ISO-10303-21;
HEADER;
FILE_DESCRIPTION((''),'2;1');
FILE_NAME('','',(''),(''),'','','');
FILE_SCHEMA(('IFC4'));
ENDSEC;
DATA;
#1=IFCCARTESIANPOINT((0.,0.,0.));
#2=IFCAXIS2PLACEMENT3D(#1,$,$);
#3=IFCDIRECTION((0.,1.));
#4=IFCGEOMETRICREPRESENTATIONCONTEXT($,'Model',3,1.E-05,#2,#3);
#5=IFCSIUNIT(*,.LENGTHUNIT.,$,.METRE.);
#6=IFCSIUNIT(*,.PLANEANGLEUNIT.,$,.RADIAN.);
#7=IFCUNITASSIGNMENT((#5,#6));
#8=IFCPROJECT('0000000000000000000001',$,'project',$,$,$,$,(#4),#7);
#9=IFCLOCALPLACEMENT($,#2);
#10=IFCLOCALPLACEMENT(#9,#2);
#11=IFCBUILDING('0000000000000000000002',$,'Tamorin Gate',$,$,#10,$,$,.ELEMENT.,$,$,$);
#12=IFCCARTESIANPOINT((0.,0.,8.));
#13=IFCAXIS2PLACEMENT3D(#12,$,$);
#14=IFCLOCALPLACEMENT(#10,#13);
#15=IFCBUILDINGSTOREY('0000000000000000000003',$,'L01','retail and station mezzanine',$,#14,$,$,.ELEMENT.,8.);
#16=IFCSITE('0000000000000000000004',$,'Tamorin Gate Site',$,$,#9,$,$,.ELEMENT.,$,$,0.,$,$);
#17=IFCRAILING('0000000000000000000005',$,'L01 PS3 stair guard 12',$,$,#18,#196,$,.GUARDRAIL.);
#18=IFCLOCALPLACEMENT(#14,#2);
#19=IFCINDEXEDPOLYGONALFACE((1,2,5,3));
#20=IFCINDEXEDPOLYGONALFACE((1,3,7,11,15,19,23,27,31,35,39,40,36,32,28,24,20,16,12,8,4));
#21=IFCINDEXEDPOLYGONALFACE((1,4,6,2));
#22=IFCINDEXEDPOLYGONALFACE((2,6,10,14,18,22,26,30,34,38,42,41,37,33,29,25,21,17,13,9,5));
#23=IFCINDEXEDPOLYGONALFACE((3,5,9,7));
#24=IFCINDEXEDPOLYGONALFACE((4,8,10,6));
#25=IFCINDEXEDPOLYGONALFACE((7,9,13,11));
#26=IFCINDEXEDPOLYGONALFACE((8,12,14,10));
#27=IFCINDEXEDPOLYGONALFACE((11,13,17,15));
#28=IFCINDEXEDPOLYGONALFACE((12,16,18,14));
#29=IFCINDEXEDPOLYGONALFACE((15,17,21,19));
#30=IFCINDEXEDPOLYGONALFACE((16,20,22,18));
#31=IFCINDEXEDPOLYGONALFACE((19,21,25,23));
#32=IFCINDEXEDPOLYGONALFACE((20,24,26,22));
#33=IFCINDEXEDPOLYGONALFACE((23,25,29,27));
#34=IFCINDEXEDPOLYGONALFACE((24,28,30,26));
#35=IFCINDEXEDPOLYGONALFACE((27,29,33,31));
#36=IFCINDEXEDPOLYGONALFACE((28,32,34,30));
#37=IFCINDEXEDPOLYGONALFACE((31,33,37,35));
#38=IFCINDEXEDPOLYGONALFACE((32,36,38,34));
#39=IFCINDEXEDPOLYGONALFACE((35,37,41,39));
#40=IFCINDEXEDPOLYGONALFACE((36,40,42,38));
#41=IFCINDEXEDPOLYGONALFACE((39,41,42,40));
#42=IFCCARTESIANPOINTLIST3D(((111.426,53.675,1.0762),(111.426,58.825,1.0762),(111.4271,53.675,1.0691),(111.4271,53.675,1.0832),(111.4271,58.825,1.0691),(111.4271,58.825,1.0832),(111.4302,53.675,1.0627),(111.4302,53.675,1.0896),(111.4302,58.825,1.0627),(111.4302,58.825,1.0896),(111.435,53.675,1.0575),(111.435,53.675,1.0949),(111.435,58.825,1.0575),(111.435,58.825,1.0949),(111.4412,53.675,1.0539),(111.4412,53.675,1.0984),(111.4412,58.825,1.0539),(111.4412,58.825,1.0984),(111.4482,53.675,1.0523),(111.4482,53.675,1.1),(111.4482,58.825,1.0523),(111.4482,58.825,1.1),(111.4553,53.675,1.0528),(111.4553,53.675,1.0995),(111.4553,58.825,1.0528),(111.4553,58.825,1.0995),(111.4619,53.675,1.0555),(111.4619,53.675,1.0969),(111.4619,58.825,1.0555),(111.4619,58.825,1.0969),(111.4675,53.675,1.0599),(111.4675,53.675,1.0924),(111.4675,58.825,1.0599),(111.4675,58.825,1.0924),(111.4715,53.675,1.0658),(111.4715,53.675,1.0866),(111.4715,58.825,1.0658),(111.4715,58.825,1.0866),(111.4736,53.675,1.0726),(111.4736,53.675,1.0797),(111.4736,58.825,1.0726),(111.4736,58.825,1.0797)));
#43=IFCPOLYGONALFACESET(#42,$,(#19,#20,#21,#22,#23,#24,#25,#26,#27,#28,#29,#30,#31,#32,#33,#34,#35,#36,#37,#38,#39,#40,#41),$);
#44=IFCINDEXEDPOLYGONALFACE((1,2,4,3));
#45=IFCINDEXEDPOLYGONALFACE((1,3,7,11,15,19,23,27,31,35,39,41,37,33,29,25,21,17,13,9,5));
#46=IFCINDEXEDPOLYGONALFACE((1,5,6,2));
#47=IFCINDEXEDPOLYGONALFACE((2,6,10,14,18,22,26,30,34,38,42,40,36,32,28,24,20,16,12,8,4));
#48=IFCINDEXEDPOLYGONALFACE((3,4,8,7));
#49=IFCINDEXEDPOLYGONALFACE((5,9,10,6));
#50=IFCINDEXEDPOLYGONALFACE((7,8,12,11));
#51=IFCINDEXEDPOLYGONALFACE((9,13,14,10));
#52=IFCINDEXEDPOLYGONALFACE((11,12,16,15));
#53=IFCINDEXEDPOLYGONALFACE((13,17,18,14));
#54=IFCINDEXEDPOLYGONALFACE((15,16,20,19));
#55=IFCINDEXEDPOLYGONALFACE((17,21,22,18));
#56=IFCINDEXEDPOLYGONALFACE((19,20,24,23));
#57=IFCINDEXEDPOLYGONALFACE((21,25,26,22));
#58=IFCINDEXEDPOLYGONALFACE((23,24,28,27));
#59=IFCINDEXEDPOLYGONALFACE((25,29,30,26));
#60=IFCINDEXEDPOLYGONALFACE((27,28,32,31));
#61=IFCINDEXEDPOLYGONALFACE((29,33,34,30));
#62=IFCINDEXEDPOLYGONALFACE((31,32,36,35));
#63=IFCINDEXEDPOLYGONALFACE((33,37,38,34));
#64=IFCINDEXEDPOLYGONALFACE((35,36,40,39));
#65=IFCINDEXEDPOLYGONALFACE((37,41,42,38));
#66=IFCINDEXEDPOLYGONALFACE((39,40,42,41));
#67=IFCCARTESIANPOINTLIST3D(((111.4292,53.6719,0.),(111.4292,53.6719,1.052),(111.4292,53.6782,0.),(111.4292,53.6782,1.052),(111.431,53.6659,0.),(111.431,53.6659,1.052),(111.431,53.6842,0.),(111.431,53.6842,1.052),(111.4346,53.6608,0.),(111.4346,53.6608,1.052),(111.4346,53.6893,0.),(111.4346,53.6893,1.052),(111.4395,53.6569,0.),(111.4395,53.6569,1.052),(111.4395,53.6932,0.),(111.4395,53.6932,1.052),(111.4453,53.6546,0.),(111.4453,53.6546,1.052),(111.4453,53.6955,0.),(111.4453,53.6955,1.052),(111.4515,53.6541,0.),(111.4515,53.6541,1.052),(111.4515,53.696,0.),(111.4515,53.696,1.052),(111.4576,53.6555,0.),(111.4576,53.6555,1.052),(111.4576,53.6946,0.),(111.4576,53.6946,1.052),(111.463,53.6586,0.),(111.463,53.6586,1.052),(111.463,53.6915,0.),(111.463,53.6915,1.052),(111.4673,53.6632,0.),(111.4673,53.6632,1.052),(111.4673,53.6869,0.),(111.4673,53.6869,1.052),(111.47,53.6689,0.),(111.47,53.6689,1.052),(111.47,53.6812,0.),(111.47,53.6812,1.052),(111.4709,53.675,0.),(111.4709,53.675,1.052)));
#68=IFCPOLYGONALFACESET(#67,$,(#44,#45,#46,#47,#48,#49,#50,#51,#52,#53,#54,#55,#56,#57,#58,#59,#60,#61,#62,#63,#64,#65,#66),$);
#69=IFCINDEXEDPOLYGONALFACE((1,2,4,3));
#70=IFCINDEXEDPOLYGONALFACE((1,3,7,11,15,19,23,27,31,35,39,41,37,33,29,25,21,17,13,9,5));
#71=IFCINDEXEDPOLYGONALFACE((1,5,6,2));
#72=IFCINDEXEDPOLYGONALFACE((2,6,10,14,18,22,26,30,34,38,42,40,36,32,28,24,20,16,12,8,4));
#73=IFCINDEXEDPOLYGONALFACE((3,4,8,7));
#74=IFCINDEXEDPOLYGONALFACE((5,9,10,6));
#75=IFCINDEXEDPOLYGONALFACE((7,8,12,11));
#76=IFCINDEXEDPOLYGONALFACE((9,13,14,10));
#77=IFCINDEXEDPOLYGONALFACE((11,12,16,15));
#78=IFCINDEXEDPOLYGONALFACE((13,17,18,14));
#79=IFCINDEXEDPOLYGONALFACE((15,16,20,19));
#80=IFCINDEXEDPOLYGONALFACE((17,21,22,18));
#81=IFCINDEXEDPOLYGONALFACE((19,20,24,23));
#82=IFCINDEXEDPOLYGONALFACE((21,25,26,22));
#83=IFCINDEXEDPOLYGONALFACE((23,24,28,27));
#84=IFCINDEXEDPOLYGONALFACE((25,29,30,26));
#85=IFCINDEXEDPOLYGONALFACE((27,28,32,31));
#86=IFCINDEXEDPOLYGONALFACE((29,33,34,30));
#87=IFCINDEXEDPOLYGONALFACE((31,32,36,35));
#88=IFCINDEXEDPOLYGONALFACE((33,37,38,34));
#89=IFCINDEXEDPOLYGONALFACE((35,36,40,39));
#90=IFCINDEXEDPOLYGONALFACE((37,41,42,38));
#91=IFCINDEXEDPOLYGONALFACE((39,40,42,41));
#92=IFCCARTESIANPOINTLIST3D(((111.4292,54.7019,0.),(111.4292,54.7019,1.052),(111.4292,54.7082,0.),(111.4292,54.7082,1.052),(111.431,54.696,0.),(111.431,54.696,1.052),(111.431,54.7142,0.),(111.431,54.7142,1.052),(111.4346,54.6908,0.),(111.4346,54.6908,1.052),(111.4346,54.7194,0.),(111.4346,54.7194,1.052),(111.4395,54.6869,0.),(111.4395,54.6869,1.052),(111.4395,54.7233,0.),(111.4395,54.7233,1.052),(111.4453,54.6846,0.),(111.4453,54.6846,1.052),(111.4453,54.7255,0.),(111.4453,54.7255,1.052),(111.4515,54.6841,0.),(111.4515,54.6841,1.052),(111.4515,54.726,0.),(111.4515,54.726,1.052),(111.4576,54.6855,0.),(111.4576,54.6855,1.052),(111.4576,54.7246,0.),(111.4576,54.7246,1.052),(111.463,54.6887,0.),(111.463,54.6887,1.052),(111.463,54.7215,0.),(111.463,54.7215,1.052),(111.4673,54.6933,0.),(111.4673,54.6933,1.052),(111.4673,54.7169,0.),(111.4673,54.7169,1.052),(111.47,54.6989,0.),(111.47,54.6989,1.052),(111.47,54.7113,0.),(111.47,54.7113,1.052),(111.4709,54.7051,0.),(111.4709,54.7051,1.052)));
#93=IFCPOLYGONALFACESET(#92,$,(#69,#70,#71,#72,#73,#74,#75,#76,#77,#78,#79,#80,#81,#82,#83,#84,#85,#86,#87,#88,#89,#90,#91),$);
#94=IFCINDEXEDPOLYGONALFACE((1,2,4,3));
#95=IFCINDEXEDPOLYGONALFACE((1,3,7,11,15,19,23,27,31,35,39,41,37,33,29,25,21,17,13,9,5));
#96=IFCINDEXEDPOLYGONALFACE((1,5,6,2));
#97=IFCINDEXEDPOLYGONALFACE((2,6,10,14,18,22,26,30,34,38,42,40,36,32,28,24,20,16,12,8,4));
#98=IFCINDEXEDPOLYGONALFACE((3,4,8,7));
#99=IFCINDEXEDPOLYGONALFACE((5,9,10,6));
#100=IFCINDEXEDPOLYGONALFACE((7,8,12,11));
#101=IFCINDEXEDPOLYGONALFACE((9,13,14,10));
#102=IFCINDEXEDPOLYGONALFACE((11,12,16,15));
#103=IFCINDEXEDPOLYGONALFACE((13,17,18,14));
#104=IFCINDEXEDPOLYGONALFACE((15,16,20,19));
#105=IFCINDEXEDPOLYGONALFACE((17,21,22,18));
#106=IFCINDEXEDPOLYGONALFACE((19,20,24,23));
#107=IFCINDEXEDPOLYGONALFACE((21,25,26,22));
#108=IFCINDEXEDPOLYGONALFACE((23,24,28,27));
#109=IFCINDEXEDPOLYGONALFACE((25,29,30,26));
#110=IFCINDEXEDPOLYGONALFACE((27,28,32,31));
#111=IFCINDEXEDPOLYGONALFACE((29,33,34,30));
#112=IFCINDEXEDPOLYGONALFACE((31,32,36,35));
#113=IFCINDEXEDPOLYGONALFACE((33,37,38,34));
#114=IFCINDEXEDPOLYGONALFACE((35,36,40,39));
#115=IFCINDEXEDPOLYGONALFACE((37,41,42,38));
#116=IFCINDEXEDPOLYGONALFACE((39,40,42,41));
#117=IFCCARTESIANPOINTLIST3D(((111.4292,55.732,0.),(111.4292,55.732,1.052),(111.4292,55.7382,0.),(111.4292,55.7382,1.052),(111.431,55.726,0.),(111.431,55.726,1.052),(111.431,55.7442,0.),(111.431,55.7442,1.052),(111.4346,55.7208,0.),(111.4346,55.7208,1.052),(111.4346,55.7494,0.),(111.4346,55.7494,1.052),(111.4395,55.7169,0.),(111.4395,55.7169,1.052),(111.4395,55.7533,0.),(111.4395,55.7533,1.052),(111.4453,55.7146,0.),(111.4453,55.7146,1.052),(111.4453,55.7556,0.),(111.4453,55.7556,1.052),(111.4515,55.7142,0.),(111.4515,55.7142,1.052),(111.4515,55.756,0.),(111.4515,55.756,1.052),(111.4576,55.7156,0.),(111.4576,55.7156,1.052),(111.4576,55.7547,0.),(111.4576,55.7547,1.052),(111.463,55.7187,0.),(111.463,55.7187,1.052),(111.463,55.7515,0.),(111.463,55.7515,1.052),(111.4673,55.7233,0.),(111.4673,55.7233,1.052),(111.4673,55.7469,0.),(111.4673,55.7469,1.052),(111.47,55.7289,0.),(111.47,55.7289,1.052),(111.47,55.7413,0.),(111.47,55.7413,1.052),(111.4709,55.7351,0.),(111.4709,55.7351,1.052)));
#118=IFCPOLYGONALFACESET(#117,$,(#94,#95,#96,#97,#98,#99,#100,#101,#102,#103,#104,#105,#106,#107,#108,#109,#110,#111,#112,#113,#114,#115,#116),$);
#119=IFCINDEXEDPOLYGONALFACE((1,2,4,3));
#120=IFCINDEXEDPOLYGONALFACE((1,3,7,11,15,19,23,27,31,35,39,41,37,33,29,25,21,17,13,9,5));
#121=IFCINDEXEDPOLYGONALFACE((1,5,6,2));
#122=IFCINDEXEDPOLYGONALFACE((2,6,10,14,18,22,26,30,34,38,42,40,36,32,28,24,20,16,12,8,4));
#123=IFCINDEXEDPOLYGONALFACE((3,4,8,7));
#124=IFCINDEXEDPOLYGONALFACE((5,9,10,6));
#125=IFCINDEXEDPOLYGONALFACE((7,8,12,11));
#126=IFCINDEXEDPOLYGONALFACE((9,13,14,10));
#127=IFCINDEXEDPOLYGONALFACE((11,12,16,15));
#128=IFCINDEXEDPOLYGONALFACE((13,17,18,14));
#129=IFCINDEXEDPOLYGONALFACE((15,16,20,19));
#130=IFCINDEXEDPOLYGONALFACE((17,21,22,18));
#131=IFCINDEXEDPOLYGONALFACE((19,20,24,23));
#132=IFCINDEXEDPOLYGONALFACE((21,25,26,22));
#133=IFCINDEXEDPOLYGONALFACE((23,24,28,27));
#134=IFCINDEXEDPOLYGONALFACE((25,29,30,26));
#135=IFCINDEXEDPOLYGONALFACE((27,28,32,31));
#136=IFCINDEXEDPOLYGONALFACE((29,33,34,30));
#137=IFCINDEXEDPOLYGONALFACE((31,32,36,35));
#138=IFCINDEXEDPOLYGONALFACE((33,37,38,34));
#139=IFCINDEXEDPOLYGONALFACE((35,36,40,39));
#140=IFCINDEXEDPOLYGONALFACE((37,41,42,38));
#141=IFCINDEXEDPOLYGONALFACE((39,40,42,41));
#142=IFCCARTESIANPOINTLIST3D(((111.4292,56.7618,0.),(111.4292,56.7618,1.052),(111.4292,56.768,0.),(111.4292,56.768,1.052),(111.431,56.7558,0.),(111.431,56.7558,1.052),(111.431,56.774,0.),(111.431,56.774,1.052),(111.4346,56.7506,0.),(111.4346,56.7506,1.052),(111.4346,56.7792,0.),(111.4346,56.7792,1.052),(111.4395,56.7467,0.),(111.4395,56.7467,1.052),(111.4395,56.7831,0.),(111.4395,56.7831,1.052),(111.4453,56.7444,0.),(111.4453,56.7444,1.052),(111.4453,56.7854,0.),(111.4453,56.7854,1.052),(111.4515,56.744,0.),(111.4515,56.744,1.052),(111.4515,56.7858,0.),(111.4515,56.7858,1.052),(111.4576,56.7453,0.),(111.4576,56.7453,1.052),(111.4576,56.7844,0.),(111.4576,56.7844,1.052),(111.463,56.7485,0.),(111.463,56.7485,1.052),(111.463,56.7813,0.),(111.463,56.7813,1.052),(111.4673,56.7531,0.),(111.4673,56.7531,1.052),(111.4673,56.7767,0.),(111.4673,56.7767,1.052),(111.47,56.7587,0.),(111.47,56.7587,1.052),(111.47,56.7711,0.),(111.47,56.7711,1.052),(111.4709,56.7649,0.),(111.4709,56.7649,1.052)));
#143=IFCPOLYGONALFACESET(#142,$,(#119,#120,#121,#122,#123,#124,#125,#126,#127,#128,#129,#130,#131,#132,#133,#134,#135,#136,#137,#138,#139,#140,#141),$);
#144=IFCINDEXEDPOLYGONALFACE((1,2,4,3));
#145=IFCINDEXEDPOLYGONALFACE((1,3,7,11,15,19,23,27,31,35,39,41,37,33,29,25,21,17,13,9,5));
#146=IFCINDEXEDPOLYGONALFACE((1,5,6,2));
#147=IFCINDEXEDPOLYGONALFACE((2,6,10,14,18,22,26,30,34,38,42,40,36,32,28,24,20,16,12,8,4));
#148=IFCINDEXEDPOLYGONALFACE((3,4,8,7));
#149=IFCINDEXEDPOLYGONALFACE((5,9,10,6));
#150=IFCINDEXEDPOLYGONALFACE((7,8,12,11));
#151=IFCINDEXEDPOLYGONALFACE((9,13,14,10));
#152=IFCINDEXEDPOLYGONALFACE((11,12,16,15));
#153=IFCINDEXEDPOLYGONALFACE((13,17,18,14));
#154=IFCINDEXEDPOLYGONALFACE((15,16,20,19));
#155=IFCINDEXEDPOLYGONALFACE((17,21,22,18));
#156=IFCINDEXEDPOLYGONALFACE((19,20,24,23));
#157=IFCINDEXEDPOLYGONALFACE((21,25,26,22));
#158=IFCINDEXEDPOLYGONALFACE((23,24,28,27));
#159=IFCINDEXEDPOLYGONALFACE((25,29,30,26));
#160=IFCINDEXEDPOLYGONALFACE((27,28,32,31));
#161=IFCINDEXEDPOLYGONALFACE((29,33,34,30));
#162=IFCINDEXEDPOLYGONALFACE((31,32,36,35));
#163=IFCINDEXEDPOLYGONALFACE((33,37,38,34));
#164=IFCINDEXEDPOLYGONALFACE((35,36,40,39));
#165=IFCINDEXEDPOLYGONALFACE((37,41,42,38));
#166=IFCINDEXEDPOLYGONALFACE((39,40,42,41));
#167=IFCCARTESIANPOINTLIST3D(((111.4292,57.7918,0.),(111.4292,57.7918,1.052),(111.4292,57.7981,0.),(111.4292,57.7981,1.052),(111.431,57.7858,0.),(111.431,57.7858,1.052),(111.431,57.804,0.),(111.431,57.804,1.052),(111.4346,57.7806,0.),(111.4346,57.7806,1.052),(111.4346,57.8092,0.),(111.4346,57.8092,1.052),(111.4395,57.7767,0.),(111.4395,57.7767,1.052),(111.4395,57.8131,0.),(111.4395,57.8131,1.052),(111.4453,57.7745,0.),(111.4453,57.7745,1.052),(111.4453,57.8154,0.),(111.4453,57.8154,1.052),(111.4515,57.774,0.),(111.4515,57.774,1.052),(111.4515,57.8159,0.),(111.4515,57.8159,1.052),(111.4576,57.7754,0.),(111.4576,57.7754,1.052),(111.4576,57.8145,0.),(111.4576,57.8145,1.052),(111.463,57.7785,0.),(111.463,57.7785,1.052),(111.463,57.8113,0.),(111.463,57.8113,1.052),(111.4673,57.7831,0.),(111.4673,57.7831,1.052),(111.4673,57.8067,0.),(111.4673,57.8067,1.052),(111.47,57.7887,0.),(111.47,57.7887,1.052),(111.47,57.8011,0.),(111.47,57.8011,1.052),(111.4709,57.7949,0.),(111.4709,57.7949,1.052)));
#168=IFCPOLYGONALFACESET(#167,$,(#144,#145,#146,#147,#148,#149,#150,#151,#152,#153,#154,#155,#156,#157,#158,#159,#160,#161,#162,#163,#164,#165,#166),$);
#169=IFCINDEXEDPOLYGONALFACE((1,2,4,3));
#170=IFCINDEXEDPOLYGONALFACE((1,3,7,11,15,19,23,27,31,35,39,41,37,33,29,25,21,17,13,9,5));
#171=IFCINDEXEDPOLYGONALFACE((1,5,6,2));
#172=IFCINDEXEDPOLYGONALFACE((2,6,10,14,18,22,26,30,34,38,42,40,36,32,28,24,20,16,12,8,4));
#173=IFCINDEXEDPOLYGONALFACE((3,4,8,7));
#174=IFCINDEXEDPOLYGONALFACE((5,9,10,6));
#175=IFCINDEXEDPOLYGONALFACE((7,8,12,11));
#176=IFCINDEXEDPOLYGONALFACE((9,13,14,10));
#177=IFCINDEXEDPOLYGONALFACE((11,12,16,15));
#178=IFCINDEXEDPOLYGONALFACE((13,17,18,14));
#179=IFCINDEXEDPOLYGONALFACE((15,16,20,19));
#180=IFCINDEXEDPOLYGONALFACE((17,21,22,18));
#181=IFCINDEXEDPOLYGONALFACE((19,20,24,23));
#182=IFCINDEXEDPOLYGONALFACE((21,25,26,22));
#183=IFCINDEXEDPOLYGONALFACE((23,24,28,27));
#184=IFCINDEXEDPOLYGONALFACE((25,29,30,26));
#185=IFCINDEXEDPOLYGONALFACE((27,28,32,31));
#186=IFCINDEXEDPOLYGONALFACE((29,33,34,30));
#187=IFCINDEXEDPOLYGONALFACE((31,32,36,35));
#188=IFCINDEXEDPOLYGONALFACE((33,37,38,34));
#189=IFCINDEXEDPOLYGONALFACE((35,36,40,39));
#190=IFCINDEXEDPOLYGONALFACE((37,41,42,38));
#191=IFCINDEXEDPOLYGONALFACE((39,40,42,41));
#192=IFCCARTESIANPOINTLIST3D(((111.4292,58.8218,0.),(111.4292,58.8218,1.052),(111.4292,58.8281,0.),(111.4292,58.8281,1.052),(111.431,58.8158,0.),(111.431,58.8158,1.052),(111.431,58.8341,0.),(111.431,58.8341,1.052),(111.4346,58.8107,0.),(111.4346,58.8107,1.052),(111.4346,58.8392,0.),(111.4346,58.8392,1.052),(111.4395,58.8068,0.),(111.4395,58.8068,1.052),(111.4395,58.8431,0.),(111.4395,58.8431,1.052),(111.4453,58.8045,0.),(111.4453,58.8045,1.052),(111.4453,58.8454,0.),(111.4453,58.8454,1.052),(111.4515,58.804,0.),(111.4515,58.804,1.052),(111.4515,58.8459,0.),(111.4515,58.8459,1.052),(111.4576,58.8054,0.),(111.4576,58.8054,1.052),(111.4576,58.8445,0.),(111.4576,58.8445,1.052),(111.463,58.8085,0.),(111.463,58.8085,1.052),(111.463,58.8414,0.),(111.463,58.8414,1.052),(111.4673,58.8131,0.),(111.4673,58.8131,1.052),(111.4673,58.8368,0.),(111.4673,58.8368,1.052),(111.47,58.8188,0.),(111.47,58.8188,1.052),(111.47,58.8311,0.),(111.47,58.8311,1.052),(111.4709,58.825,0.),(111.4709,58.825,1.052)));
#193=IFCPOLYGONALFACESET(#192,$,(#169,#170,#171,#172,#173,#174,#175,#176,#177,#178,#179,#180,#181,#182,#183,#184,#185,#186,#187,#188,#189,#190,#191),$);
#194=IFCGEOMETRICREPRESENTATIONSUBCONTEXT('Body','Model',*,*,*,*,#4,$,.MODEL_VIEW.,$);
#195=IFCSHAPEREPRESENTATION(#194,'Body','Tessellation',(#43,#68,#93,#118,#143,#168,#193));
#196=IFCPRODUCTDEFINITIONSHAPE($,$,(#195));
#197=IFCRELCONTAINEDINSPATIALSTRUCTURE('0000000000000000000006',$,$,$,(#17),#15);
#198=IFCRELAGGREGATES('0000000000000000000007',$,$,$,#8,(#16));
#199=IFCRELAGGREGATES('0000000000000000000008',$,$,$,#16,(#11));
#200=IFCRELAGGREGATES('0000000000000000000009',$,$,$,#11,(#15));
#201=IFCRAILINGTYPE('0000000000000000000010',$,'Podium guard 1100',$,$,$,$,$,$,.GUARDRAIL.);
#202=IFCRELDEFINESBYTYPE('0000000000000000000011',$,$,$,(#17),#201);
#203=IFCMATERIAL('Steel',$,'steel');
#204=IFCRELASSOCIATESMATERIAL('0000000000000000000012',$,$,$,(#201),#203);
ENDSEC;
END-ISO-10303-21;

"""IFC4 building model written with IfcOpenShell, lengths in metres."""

from ifc_helpers import new_model, si_unit, direction, frame, origin, origin_2d, place, context, subcontext, project, spatial, circle, extrude, material, type_object, element, save


model = new_model("IFC4")

# Units and contexts
model_context = context("Model", 3, precision=1e-05, world=origin(), true_north=direction((0.0, 1.0)))
body_context = subcontext(model_context, "Body", "Model", "MODEL_VIEW")
ifc_project = project(units=[si_unit("LENGTHUNIT", "METRE"), si_unit("PLANEANGLEUNIT", "RADIAN")], contexts=[model_context])

# Site, building, storey
site_placement = place(None, origin())
site = spatial("IfcSite", under=ifc_project, at=site_placement, Name="Tamorin Gate Site", CompositionType="ELEMENT", RefElevation=0.0)
building_placement = place(site_placement, origin())
building = spatial("IfcBuilding", under=site, at=building_placement, Name="Tamorin Gate", CompositionType="ELEMENT")
storey_placement = place(building_placement, frame((0.0, 0.0, 8.0)))
storey = spatial("IfcBuildingStorey", under=building, at=storey_placement, Name="L01", Description="retail and station mezzanine", CompositionType="ELEMENT", Elevation=8.0)

# Railing
ifc_material_1 = material(Name="Steel", Category="steel")
railing_type = type_object("IfcRailingType", Name="Podium guard 1100", PredefinedType="GUARDRAIL", material=ifc_material_1)
railing_1_placement = place(storey_placement, frame((111.45, 53.675, 0.0)))
element("IfcRailing", 1, at=railing_1_placement, inside=storey, type_object=railing_type, Name="L01 PS3 stair guard 12", PredefinedType="GUARDRAIL", context=body_context, shape_type="SweptSolid", body=[
    extrude(circle(Radius=0.0239, at=origin_2d()), frame((0.0, 0.0, 1.0762), z_axis=(0.0, 1.0, 0.0), x_axis=(-1.0, 0.0, 0.0)), (0.0, 0.0, 1.0), 5.1499),
    extrude(circle(Radius=0.021, at=origin_2d()), origin(), (0.0, 0.0, 1.0), 1.052),
    extrude(circle(Radius=0.021, at=origin_2d()), frame((0.0, 1.03, 0.0)), (0.0, 0.0, 1.0), 1.052),
    extrude(circle(Radius=0.021, at=origin_2d()), frame((0.0, 2.0601, 0.0)), (0.0, 0.0, 1.0), 1.052),
    extrude(circle(Radius=0.021, at=origin_2d()), frame((0.0, 3.0898, 0.0)), (0.0, 0.0, 1.0), 1.052),
    extrude(circle(Radius=0.021, at=origin_2d()), frame((0.0, 4.1199, 0.0)), (0.0, 0.0, 1.0), 1.052),
    extrude(circle(Radius=0.021, at=origin_2d()), frame((0.0, 5.1499, 0.0)), (0.0, 0.0, 1.0), 1.052),
])

save(model, "model.ifc")
